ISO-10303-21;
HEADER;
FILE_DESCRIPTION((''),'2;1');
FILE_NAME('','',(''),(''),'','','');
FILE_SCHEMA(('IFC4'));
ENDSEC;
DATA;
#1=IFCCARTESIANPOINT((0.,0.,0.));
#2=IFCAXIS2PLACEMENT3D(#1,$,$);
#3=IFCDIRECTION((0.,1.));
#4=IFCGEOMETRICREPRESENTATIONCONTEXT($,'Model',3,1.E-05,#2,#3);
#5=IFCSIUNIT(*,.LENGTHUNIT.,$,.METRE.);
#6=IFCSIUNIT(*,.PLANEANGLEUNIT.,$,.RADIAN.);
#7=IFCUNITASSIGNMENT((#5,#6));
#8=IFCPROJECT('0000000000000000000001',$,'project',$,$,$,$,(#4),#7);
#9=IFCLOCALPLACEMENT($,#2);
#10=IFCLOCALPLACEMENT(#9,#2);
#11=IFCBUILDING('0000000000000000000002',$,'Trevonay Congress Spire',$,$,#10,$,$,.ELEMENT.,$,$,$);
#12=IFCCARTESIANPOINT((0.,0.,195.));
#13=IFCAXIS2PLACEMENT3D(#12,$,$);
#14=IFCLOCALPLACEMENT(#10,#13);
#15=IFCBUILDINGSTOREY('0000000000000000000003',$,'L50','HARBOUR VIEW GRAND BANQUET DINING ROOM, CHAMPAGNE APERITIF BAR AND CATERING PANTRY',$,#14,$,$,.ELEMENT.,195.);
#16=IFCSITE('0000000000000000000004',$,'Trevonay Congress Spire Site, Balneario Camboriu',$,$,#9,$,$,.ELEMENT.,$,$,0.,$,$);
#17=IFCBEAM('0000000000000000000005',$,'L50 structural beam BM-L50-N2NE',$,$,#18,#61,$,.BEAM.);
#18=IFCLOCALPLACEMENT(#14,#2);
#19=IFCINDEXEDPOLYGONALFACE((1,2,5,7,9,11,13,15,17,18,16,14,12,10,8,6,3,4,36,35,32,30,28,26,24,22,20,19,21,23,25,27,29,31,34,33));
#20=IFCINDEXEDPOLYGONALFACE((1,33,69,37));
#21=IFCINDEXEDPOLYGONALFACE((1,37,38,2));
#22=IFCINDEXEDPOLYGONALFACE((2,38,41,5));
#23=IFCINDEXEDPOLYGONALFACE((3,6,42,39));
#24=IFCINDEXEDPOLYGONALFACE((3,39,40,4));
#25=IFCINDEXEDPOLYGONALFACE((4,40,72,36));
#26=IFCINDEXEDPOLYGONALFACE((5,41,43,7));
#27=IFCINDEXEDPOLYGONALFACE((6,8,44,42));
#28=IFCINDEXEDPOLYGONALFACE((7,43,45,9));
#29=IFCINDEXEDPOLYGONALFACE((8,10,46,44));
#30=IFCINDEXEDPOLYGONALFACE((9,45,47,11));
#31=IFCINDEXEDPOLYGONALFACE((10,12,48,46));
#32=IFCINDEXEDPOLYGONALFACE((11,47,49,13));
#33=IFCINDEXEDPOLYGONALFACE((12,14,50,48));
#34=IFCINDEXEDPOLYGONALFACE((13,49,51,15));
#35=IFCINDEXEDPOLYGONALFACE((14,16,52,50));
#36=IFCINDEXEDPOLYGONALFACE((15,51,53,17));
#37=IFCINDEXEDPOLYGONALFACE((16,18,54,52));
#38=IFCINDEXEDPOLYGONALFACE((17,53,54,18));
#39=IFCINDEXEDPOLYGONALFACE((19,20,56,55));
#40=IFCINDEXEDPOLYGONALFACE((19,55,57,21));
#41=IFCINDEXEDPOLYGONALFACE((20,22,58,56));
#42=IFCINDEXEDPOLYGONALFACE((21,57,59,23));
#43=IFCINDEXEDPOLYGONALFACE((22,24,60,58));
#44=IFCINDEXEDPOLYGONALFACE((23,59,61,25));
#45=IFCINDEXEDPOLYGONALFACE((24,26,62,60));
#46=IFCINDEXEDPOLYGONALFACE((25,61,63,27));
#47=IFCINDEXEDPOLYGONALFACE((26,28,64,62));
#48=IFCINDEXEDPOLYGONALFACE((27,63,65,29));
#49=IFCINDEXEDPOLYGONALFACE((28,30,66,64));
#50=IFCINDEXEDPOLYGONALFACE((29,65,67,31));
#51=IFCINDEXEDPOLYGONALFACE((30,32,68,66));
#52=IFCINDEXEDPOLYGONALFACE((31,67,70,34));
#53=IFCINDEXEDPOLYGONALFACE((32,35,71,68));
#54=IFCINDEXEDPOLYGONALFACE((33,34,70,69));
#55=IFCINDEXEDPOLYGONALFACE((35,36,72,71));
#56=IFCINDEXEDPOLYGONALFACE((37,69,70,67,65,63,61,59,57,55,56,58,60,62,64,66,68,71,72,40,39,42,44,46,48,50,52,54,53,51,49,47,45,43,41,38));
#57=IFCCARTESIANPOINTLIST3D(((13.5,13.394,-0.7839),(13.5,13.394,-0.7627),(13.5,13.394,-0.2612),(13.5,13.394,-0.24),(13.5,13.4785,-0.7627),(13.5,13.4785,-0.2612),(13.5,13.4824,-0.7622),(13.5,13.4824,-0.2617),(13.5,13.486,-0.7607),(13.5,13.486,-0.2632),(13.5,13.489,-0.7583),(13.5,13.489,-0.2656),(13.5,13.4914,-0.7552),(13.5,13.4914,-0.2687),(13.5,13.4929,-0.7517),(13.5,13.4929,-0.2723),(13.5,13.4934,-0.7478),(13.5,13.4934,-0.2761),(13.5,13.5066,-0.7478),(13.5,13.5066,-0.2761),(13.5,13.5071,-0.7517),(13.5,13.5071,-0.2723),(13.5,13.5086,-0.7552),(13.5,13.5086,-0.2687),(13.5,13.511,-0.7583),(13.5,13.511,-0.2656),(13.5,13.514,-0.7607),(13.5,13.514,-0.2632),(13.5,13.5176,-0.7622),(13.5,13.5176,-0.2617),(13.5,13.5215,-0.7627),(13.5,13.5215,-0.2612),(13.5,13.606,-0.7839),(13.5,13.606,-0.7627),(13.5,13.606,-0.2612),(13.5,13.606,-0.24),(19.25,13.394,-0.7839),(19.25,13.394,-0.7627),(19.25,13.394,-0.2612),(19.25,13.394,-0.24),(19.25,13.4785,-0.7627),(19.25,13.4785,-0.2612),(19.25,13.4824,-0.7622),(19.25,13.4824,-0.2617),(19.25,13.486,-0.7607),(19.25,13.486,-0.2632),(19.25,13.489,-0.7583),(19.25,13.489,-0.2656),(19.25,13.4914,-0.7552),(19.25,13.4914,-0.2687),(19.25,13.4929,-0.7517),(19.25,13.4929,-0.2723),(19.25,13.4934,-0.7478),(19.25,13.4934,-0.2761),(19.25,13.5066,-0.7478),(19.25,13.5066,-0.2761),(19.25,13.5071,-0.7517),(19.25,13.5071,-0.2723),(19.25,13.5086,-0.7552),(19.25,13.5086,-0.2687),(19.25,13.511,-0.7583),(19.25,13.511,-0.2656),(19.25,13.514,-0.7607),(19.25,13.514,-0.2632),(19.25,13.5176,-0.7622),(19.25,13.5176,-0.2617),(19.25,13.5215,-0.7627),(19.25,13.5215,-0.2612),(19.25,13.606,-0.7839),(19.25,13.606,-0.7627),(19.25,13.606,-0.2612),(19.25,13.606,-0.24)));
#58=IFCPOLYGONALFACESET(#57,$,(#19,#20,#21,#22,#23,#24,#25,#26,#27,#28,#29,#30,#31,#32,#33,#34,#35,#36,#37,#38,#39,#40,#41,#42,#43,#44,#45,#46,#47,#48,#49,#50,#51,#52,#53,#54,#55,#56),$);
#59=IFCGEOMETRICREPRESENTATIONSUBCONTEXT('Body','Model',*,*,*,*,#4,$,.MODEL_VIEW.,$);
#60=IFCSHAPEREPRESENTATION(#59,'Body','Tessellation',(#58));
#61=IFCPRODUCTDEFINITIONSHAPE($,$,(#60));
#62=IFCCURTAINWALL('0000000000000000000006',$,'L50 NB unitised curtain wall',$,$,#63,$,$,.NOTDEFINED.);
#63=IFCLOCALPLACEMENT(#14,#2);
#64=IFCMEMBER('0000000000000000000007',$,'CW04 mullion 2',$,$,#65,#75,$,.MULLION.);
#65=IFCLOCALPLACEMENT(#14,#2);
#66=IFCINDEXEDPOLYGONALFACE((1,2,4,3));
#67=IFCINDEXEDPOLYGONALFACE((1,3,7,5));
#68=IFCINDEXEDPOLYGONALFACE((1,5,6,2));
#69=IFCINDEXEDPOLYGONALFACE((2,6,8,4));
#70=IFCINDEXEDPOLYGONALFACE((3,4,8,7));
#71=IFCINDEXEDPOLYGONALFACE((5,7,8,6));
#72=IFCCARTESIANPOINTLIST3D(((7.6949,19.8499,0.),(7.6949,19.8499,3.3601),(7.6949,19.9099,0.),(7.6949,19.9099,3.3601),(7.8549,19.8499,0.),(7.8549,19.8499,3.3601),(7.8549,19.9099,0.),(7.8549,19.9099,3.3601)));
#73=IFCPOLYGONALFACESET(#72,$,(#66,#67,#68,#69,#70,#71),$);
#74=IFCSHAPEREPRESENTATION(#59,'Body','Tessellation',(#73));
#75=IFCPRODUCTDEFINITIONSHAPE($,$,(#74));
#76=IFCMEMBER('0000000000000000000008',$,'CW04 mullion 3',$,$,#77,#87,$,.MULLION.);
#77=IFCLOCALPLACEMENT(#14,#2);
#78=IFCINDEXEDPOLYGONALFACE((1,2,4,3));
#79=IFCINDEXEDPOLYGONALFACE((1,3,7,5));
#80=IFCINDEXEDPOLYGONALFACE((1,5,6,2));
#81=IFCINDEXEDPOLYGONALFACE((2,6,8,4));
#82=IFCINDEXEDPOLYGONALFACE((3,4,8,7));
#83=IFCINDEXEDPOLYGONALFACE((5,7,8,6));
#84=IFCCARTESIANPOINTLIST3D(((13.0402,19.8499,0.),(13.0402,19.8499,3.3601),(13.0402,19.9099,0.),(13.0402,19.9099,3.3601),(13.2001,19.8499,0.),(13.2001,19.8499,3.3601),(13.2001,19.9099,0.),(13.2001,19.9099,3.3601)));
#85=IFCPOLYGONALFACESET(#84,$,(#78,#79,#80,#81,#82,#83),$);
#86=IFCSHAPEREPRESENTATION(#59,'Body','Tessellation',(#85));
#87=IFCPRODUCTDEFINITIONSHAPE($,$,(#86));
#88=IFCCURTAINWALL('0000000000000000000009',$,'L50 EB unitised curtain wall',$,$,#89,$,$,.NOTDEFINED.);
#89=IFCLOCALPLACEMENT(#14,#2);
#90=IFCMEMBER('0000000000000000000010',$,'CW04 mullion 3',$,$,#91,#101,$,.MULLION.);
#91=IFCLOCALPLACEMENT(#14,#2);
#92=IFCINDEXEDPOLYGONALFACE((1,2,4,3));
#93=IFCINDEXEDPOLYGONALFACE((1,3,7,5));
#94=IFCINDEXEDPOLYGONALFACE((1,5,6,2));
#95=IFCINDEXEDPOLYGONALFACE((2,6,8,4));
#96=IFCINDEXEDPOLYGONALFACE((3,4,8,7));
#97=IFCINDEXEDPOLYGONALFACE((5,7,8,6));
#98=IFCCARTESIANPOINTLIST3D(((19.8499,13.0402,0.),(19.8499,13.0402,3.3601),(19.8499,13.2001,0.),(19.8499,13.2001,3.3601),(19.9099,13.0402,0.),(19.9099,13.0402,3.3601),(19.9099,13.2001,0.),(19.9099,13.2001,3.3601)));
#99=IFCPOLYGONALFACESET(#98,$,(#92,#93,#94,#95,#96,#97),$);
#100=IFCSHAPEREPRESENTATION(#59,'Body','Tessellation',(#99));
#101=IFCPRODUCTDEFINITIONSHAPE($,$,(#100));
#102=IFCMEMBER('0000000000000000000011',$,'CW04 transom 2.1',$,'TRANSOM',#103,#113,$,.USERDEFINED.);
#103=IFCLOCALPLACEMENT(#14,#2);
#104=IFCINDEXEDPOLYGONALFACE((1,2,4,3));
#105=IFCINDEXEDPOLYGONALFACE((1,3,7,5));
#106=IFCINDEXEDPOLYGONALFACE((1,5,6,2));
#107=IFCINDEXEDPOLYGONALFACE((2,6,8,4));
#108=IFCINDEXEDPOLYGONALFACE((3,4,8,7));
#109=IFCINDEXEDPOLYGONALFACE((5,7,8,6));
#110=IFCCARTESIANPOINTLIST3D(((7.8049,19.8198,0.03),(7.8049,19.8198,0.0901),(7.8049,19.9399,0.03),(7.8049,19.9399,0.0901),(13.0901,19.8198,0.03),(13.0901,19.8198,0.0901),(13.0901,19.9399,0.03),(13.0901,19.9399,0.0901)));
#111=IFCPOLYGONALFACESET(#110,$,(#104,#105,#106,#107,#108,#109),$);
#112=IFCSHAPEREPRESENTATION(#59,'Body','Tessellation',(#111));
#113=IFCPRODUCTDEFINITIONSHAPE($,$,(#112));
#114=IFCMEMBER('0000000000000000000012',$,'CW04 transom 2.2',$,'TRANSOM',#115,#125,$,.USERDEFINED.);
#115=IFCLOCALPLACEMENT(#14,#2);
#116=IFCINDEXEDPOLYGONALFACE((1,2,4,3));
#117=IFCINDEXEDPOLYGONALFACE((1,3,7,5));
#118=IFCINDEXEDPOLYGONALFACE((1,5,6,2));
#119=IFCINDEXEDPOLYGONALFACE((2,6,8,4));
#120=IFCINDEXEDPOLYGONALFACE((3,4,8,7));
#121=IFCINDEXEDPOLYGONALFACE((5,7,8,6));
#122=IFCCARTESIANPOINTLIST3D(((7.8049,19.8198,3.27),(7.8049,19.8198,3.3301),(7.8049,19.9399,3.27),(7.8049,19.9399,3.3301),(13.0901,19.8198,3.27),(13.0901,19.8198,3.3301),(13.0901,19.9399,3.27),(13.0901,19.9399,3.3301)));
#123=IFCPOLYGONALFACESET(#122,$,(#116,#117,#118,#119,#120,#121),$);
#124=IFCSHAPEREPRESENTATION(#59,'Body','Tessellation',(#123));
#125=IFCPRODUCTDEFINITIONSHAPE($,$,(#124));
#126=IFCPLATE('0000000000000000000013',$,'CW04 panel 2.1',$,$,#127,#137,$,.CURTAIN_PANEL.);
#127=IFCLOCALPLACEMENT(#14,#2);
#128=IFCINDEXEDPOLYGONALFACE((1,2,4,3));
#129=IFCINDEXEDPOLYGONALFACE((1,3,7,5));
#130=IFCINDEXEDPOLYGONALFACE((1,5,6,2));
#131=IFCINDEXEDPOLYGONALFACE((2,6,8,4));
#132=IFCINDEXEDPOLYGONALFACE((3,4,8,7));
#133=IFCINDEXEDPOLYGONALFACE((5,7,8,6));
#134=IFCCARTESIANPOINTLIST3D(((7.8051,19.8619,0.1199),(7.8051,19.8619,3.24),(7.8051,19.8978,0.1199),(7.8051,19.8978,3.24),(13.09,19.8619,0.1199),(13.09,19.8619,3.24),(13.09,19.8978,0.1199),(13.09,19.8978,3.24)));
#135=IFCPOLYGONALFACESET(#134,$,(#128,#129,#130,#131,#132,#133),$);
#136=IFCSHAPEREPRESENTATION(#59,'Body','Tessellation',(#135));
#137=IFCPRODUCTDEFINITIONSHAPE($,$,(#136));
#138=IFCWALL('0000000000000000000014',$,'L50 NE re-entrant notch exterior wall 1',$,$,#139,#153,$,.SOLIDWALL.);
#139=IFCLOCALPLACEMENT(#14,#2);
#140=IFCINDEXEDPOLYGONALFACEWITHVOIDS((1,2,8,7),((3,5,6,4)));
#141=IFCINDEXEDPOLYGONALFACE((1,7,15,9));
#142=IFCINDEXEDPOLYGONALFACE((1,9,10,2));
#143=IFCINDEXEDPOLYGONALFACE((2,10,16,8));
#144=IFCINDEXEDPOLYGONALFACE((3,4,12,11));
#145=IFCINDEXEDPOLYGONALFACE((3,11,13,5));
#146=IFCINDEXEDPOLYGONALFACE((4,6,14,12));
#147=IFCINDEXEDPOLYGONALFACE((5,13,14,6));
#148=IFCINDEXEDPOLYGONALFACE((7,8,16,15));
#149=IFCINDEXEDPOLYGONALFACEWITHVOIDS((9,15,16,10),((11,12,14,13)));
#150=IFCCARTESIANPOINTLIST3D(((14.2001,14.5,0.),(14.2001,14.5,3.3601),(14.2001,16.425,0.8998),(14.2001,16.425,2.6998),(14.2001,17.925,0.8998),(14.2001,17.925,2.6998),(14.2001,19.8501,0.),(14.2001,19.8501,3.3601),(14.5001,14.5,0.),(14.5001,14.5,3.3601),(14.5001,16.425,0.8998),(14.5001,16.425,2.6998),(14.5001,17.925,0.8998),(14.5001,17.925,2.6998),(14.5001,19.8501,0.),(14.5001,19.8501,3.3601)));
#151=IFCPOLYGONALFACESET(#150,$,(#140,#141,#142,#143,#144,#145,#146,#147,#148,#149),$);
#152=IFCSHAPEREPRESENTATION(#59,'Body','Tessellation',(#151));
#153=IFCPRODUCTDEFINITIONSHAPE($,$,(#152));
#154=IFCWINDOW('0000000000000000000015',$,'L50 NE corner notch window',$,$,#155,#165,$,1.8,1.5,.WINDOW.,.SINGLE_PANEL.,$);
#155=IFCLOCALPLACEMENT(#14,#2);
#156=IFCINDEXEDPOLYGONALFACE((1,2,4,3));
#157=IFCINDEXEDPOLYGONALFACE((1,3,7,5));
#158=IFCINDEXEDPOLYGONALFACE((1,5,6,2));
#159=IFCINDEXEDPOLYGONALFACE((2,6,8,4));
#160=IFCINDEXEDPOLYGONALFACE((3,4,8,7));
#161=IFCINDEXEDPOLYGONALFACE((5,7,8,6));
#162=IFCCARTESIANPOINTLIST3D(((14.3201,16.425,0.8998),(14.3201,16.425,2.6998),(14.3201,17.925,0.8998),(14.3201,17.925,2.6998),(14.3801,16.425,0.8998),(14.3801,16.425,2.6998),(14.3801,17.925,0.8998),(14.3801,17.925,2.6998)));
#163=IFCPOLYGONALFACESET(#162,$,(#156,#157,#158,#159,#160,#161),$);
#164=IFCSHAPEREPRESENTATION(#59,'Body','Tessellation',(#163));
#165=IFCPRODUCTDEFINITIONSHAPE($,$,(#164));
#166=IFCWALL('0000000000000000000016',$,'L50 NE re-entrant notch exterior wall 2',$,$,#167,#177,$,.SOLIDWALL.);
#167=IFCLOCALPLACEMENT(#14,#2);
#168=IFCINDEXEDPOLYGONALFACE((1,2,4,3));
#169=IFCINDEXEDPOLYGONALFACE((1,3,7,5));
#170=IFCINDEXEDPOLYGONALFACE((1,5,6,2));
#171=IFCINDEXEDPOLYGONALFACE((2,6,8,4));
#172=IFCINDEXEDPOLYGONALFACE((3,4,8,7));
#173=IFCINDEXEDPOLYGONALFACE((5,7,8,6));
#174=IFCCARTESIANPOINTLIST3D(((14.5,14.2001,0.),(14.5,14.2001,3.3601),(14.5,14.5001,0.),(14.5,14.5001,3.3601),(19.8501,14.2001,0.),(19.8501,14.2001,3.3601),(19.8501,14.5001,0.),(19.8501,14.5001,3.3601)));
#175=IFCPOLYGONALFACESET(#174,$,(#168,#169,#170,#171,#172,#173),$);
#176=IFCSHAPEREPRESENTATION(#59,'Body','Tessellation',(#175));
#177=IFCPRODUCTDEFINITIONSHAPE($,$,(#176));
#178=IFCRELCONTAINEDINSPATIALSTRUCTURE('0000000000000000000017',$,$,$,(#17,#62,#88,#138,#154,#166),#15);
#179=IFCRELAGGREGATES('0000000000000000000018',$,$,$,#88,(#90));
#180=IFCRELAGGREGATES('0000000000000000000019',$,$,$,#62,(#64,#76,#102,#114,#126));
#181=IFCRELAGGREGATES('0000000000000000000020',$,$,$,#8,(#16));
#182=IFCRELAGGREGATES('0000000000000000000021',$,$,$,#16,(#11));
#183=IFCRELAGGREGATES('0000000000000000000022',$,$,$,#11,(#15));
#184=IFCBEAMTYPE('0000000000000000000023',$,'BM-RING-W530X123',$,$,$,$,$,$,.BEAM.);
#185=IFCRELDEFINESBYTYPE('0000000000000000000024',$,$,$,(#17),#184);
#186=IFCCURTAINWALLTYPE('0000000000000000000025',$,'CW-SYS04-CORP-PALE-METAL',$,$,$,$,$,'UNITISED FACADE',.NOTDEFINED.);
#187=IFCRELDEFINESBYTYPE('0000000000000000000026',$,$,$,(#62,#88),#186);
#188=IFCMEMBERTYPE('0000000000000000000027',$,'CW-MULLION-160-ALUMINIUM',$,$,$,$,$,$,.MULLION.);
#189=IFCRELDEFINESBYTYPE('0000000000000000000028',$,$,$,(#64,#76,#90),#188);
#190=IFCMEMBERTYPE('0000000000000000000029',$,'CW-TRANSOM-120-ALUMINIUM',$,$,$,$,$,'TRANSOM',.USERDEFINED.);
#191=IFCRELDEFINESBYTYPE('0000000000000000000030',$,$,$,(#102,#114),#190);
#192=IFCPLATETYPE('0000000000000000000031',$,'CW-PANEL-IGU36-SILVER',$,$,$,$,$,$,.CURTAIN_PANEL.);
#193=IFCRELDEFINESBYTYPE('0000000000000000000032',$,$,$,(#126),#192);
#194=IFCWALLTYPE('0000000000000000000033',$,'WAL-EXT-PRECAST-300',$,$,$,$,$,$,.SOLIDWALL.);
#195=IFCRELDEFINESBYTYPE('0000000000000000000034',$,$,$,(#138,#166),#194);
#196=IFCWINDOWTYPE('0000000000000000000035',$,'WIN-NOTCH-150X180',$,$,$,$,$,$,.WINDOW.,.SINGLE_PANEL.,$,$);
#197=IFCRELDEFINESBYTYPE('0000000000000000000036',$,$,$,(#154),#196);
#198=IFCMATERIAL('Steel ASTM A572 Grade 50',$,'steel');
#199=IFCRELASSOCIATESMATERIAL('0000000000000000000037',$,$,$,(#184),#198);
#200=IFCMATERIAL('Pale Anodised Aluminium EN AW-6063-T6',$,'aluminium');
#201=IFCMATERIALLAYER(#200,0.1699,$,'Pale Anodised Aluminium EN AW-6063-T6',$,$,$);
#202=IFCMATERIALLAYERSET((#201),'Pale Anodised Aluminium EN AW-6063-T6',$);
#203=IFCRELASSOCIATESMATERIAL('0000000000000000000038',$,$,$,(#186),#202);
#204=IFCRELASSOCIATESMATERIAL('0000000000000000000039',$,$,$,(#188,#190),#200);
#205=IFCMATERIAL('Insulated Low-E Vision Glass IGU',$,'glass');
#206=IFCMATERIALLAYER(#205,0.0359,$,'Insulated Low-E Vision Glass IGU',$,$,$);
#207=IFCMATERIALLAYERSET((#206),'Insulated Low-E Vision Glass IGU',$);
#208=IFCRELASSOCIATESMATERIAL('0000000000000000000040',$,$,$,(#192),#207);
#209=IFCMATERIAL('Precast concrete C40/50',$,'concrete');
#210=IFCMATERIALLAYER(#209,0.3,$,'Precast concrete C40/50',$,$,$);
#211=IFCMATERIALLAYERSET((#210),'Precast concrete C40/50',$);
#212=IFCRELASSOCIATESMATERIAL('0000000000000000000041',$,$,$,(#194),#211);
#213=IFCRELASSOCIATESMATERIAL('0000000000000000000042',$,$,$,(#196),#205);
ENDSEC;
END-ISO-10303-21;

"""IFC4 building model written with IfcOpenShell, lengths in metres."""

from ifc_helpers import new_model, si_unit, direction, frame, frame_2d, origin, origin_2d, place, context, subcontext, project, spatial, rectangle, i_section, extrude, material, layer, layer_set, material_profile, profile_set, type_object, element, fill, aggregate, save


model = new_model("IFC4")

# Units and contexts
model_context = context("Model", 3, precision=1e-05, world=origin(), true_north=direction((0.0, 1.0)))
body_context = subcontext(model_context, "Body", "Model", "MODEL_VIEW")
ifc_project = project(units=[si_unit("LENGTHUNIT", "METRE"), si_unit("PLANEANGLEUNIT", "RADIAN")], contexts=[model_context])

# Site, building, storey
site_placement = place(None, origin())
site = spatial("IfcSite", under=ifc_project, at=site_placement, Name="Trevonay Congress Spire Site, Balneario Camboriu", CompositionType="ELEMENT", RefElevation=0.0)
building_placement = place(site_placement, origin())
building = spatial("IfcBuilding", under=site, at=building_placement, Name="Trevonay Congress Spire", CompositionType="ELEMENT")
storey_placement = place(building_placement, frame((0.0, 0.0, 195.0)))
storey = spatial("IfcBuildingStorey", under=building, at=storey_placement, Name="L50", Description="HARBOUR VIEW GRAND BANQUET DINING ROOM, CHAMPAGNE APERITIF BAR AND CATERING PANTRY", CompositionType="ELEMENT", Elevation=195.0)

# Shared definitions
ifc_material_1 = material(Name="Steel ASTM A572 Grade 50", Category="steel")

# Beam
ifc_material_profile_1 = material_profile(ifc_material_1, i_section(OverallWidth=0.2119, OverallDepth=0.5439, WebThickness=0.0132, FlangeThickness=0.0212, FilletRadius=0.0149, at=origin_2d()), Name="W530x123")
ifc_profile_set_1 = profile_set([ifc_material_profile_1], Name="Steel ASTM A572 Grade 50")
beam_type = type_object("IfcBeamType", Name="BM-RING-W530X123", PredefinedType="BEAM", material=ifc_profile_set_1)
for number, where, z_axis, x_axis, name in (
    (1, (19.25, 13.5, -0.512), (-1.0, 0.0, 0.0), (0.0, -1.0, 0.0), "L50 structural beam BM-L50-N2NE"),
):
    element("IfcBeam", number, at=place(storey_placement, frame(where, z_axis=z_axis, x_axis=x_axis)), inside=storey, type_object=beam_type, Name=name, PredefinedType="BEAM", context=body_context, shape_type="SweptSolid", body=[
        extrude(i_section(OverallWidth=0.2119, OverallDepth=0.5439, WebThickness=0.0132, FlangeThickness=0.0212, FilletRadius=0.0149, at=origin_2d()), origin(), (0.0, 0.0, 1.0), 5.75),
    ])

# Curtain wall, members
ifc_material_2 = material(Name="Pale Anodised Aluminium EN AW-6063-T6", Category="aluminium")
ifc_layer_1 = layer(ifc_material_2, 0.1699, Name="Pale Anodised Aluminium EN AW-6063-T6")
ifc_layer_set_1 = layer_set([ifc_layer_1], Name="Pale Anodised Aluminium EN AW-6063-T6")
curtain_wall_type = type_object("IfcCurtainWallType", Name="CW-SYS04-CORP-PALE-METAL", ElementType="UNITISED FACADE", PredefinedType="NOTDEFINED", material=ifc_layer_set_1)
curtain_wall_1_placement = place(storey_placement, origin())
curtain_wall_1 = element("IfcCurtainWall", 2, at=curtain_wall_1_placement, inside=storey, type_object=curtain_wall_type, Name="L50 NB unitised curtain wall", PredefinedType="NOTDEFINED")
ifc_material_profile_2 = material_profile(ifc_material_2, rectangle(XDim=0.0601, YDim=0.1599, at=origin_2d()), Name="CW-MULLION-160-ALUMINIUM")
ifc_profile_set_2 = profile_set([ifc_material_profile_2], Name="Pale Anodised Aluminium EN AW-6063-T6")
member_type_1 = type_object("IfcMemberType", Name="CW-MULLION-160-ALUMINIUM", PredefinedType="MULLION", material=ifc_profile_set_2)
member_1_placement = place(storey_placement, frame((7.7749, 19.8799, 0.0), z_axis=(0.0, 0.0, 1.0), x_axis=(0.0, 1.0, 0.0)))
member_1 = element("IfcMember", 3, at=member_1_placement, type_object=member_type_1, Name="CW04 mullion 2", PredefinedType="MULLION", context=body_context, shape_type="SweptSolid", body=[
    extrude(rectangle(XDim=0.0601, YDim=0.1599, at=origin_2d()), origin(), (0.0, 0.0, 1.0), 3.3601),
])
member_2_placement = place(storey_placement, frame((13.1201, 19.8799, 0.0), z_axis=(0.0, 0.0, 1.0), x_axis=(0.0, 1.0, 0.0)))
member_2 = element("IfcMember", 4, at=member_2_placement, type_object=member_type_1, Name="CW04 mullion 3", PredefinedType="MULLION", context=body_context, shape_type="SweptSolid", body=[
    extrude(rectangle(XDim=0.0601, YDim=0.1599, at=origin_2d()), origin(), (0.0, 0.0, 1.0), 3.3601),
])

# Curtain wall, member
curtain_wall_2_placement = place(storey_placement, origin())
curtain_wall_2 = element("IfcCurtainWall", 5, at=curtain_wall_2_placement, inside=storey, type_object=curtain_wall_type, Name="L50 EB unitised curtain wall", PredefinedType="NOTDEFINED")
member_3_placement = place(storey_placement, frame((19.8799, 13.1201, 0.0), z_axis=(0.0, 0.0, 1.0), x_axis=(-1.0, 0.0, 0.0)))
member_3 = element("IfcMember", 6, at=member_3_placement, type_object=member_type_1, Name="CW04 mullion 3", PredefinedType="MULLION", context=body_context, shape_type="SweptSolid", body=[
    extrude(rectangle(XDim=0.0601, YDim=0.1599, at=origin_2d()), origin(), (0.0, 0.0, 1.0), 3.3601),
])
aggregate(curtain_wall_2, [member_3])

# Members
ifc_material_profile_3 = material_profile(ifc_material_2, rectangle(XDim=0.1201, YDim=0.0601, at=origin_2d()), Name="CW-TRANSOM-120-ALUMINIUM")
ifc_profile_set_3 = profile_set([ifc_material_profile_3], Name="Pale Anodised Aluminium EN AW-6063-T6")
member_type_2 = type_object("IfcMemberType", Name="CW-TRANSOM-120-ALUMINIUM", ElementType="TRANSOM", PredefinedType="USERDEFINED", material=ifc_profile_set_3)
member_4_placement = place(storey_placement, frame((7.8049, 19.8799, 0.0601), z_axis=(1.0, 0.0, 0.0), x_axis=(0.0, 1.0, 0.0)))
member_4 = element("IfcMember", 7, at=member_4_placement, type_object=member_type_2, Name="CW04 transom 2.1", ObjectType="TRANSOM", PredefinedType="USERDEFINED", context=body_context, shape_type="SweptSolid", body=[
    extrude(rectangle(XDim=0.1201, YDim=0.0601, at=origin_2d()), origin(), (0.0, 0.0, 1.0), 5.2852),
])
member_5_placement = place(storey_placement, frame((7.8049, 19.8799, 3.3), z_axis=(1.0, 0.0, 0.0), x_axis=(0.0, 1.0, 0.0)))
member_5 = element("IfcMember", 8, at=member_5_placement, type_object=member_type_2, Name="CW04 transom 2.2", ObjectType="TRANSOM", PredefinedType="USERDEFINED", context=body_context, shape_type="SweptSolid", body=[
    extrude(rectangle(XDim=0.1201, YDim=0.0601, at=origin_2d()), origin(), (0.0, 0.0, 1.0), 5.2852),
])

# Plate
ifc_material_3 = material(Name="Insulated Low-E Vision Glass IGU", Category="glass")
ifc_layer_2 = layer(ifc_material_3, 0.0359, Name="Insulated Low-E Vision Glass IGU")
ifc_layer_set_2 = layer_set([ifc_layer_2], Name="Insulated Low-E Vision Glass IGU")
plate_type = type_object("IfcPlateType", Name="CW-PANEL-IGU36-SILVER", PredefinedType="CURTAIN_PANEL", material=ifc_layer_set_2)
plate_placement = place(storey_placement, frame((10.4475, 19.8799, 0.1199), z_axis=(0.0, 0.0, 1.0), x_axis=(1.0, 0.0, 0.0)))
plate = element("IfcPlate", 9, at=plate_placement, type_object=plate_type, Name="CW04 panel 2.1", PredefinedType="CURTAIN_PANEL", context=body_context, shape_type="SweptSolid", body=[
    extrude(rectangle(XDim=5.2849, YDim=0.0359, at=origin_2d()), origin(), (0.0, 0.0, 1.0), 3.1201),
])
aggregate(curtain_wall_1, [member_1, member_2, member_4, member_5, plate])

# Wall, opening, window
ifc_material_4 = material(Name="Precast concrete C40/50", Category="concrete")
ifc_layer_3 = layer(ifc_material_4, 0.3, Name="Precast concrete C40/50")
ifc_layer_set_3 = layer_set([ifc_layer_3], Name="Precast concrete C40/50")
wall_type = type_object("IfcWallType", Name="WAL-EXT-PRECAST-300", PredefinedType="SOLIDWALL", material=ifc_layer_set_3)
wall_1_placement = place(storey_placement, frame((14.3501, 19.8501, 0.0), z_axis=(0.0, 0.0, 1.0), x_axis=(0.0, -1.0, 0.0)))
wall_1 = element("IfcWall", 10, at=wall_1_placement, inside=storey, type_object=wall_type, Name="L50 NE re-entrant notch exterior wall 1", PredefinedType="SOLIDWALL", context=body_context, shape_type="SweptSolid", body=[
    extrude(rectangle(XDim=5.3501, YDim=0.3, at=frame_2d((2.675, 0.0))), origin(), (0.0, 0.0, 1.0), 3.3601),
])
opening_placement = place(wall_1_placement, frame((1.925, 0.0, 0.8999)))
opening = element("IfcOpeningElement", 11, at=opening_placement, cuts=wall_1, PredefinedType="OPENING", context=body_context, shape_type="SweptSolid", body=[
    extrude(rectangle(XDim=1.5, YDim=1.8, at=frame_2d((0.75, 0.8999))), frame((0.0, 0.1602, 0.0), z_axis=(0.0, -1.0, 0.0), x_axis=(1.0, 0.0, 0.0)), (0.0, 0.0, 1.0), 0.3201),
])
window_type = type_object("IfcWindowType", Name="WIN-NOTCH-150X180", PartitioningType="SINGLE_PANEL", PredefinedType="WINDOW", material=ifc_material_3)
window_placement = place(opening_placement, origin())
window = element("IfcWindow", 12, at=window_placement, inside=storey, type_object=window_type, Name="L50 NE corner notch window", OverallHeight=1.8, OverallWidth=1.5, PartitioningType="SINGLE_PANEL", PredefinedType="WINDOW", context=body_context, shape_type="SweptSolid", body=[
    extrude(rectangle(XDim=1.5, YDim=1.8, at=frame_2d((0.75, 0.8999))), frame((0.0, 0.03, 0.0), z_axis=(0.0, -1.0, 0.0), x_axis=(1.0, 0.0, 0.0)), (0.0, 0.0, 1.0), 0.0601),
])
fill(opening, window)

# Wall
wall_2_placement = place(storey_placement, frame((19.8501, 14.3501, 0.0), z_axis=(0.0, 0.0, 1.0), x_axis=(-1.0, 0.0, 0.0)))
element("IfcWall", 13, at=wall_2_placement, inside=storey, type_object=wall_type, Name="L50 NE re-entrant notch exterior wall 2", PredefinedType="SOLIDWALL", context=body_context, shape_type="SweptSolid", body=[
    extrude(rectangle(XDim=5.3501, YDim=0.3, at=frame_2d((2.675, 0.0))), origin(), (0.0, 0.0, 1.0), 3.3601),
])

save(model, "model.ifc")
